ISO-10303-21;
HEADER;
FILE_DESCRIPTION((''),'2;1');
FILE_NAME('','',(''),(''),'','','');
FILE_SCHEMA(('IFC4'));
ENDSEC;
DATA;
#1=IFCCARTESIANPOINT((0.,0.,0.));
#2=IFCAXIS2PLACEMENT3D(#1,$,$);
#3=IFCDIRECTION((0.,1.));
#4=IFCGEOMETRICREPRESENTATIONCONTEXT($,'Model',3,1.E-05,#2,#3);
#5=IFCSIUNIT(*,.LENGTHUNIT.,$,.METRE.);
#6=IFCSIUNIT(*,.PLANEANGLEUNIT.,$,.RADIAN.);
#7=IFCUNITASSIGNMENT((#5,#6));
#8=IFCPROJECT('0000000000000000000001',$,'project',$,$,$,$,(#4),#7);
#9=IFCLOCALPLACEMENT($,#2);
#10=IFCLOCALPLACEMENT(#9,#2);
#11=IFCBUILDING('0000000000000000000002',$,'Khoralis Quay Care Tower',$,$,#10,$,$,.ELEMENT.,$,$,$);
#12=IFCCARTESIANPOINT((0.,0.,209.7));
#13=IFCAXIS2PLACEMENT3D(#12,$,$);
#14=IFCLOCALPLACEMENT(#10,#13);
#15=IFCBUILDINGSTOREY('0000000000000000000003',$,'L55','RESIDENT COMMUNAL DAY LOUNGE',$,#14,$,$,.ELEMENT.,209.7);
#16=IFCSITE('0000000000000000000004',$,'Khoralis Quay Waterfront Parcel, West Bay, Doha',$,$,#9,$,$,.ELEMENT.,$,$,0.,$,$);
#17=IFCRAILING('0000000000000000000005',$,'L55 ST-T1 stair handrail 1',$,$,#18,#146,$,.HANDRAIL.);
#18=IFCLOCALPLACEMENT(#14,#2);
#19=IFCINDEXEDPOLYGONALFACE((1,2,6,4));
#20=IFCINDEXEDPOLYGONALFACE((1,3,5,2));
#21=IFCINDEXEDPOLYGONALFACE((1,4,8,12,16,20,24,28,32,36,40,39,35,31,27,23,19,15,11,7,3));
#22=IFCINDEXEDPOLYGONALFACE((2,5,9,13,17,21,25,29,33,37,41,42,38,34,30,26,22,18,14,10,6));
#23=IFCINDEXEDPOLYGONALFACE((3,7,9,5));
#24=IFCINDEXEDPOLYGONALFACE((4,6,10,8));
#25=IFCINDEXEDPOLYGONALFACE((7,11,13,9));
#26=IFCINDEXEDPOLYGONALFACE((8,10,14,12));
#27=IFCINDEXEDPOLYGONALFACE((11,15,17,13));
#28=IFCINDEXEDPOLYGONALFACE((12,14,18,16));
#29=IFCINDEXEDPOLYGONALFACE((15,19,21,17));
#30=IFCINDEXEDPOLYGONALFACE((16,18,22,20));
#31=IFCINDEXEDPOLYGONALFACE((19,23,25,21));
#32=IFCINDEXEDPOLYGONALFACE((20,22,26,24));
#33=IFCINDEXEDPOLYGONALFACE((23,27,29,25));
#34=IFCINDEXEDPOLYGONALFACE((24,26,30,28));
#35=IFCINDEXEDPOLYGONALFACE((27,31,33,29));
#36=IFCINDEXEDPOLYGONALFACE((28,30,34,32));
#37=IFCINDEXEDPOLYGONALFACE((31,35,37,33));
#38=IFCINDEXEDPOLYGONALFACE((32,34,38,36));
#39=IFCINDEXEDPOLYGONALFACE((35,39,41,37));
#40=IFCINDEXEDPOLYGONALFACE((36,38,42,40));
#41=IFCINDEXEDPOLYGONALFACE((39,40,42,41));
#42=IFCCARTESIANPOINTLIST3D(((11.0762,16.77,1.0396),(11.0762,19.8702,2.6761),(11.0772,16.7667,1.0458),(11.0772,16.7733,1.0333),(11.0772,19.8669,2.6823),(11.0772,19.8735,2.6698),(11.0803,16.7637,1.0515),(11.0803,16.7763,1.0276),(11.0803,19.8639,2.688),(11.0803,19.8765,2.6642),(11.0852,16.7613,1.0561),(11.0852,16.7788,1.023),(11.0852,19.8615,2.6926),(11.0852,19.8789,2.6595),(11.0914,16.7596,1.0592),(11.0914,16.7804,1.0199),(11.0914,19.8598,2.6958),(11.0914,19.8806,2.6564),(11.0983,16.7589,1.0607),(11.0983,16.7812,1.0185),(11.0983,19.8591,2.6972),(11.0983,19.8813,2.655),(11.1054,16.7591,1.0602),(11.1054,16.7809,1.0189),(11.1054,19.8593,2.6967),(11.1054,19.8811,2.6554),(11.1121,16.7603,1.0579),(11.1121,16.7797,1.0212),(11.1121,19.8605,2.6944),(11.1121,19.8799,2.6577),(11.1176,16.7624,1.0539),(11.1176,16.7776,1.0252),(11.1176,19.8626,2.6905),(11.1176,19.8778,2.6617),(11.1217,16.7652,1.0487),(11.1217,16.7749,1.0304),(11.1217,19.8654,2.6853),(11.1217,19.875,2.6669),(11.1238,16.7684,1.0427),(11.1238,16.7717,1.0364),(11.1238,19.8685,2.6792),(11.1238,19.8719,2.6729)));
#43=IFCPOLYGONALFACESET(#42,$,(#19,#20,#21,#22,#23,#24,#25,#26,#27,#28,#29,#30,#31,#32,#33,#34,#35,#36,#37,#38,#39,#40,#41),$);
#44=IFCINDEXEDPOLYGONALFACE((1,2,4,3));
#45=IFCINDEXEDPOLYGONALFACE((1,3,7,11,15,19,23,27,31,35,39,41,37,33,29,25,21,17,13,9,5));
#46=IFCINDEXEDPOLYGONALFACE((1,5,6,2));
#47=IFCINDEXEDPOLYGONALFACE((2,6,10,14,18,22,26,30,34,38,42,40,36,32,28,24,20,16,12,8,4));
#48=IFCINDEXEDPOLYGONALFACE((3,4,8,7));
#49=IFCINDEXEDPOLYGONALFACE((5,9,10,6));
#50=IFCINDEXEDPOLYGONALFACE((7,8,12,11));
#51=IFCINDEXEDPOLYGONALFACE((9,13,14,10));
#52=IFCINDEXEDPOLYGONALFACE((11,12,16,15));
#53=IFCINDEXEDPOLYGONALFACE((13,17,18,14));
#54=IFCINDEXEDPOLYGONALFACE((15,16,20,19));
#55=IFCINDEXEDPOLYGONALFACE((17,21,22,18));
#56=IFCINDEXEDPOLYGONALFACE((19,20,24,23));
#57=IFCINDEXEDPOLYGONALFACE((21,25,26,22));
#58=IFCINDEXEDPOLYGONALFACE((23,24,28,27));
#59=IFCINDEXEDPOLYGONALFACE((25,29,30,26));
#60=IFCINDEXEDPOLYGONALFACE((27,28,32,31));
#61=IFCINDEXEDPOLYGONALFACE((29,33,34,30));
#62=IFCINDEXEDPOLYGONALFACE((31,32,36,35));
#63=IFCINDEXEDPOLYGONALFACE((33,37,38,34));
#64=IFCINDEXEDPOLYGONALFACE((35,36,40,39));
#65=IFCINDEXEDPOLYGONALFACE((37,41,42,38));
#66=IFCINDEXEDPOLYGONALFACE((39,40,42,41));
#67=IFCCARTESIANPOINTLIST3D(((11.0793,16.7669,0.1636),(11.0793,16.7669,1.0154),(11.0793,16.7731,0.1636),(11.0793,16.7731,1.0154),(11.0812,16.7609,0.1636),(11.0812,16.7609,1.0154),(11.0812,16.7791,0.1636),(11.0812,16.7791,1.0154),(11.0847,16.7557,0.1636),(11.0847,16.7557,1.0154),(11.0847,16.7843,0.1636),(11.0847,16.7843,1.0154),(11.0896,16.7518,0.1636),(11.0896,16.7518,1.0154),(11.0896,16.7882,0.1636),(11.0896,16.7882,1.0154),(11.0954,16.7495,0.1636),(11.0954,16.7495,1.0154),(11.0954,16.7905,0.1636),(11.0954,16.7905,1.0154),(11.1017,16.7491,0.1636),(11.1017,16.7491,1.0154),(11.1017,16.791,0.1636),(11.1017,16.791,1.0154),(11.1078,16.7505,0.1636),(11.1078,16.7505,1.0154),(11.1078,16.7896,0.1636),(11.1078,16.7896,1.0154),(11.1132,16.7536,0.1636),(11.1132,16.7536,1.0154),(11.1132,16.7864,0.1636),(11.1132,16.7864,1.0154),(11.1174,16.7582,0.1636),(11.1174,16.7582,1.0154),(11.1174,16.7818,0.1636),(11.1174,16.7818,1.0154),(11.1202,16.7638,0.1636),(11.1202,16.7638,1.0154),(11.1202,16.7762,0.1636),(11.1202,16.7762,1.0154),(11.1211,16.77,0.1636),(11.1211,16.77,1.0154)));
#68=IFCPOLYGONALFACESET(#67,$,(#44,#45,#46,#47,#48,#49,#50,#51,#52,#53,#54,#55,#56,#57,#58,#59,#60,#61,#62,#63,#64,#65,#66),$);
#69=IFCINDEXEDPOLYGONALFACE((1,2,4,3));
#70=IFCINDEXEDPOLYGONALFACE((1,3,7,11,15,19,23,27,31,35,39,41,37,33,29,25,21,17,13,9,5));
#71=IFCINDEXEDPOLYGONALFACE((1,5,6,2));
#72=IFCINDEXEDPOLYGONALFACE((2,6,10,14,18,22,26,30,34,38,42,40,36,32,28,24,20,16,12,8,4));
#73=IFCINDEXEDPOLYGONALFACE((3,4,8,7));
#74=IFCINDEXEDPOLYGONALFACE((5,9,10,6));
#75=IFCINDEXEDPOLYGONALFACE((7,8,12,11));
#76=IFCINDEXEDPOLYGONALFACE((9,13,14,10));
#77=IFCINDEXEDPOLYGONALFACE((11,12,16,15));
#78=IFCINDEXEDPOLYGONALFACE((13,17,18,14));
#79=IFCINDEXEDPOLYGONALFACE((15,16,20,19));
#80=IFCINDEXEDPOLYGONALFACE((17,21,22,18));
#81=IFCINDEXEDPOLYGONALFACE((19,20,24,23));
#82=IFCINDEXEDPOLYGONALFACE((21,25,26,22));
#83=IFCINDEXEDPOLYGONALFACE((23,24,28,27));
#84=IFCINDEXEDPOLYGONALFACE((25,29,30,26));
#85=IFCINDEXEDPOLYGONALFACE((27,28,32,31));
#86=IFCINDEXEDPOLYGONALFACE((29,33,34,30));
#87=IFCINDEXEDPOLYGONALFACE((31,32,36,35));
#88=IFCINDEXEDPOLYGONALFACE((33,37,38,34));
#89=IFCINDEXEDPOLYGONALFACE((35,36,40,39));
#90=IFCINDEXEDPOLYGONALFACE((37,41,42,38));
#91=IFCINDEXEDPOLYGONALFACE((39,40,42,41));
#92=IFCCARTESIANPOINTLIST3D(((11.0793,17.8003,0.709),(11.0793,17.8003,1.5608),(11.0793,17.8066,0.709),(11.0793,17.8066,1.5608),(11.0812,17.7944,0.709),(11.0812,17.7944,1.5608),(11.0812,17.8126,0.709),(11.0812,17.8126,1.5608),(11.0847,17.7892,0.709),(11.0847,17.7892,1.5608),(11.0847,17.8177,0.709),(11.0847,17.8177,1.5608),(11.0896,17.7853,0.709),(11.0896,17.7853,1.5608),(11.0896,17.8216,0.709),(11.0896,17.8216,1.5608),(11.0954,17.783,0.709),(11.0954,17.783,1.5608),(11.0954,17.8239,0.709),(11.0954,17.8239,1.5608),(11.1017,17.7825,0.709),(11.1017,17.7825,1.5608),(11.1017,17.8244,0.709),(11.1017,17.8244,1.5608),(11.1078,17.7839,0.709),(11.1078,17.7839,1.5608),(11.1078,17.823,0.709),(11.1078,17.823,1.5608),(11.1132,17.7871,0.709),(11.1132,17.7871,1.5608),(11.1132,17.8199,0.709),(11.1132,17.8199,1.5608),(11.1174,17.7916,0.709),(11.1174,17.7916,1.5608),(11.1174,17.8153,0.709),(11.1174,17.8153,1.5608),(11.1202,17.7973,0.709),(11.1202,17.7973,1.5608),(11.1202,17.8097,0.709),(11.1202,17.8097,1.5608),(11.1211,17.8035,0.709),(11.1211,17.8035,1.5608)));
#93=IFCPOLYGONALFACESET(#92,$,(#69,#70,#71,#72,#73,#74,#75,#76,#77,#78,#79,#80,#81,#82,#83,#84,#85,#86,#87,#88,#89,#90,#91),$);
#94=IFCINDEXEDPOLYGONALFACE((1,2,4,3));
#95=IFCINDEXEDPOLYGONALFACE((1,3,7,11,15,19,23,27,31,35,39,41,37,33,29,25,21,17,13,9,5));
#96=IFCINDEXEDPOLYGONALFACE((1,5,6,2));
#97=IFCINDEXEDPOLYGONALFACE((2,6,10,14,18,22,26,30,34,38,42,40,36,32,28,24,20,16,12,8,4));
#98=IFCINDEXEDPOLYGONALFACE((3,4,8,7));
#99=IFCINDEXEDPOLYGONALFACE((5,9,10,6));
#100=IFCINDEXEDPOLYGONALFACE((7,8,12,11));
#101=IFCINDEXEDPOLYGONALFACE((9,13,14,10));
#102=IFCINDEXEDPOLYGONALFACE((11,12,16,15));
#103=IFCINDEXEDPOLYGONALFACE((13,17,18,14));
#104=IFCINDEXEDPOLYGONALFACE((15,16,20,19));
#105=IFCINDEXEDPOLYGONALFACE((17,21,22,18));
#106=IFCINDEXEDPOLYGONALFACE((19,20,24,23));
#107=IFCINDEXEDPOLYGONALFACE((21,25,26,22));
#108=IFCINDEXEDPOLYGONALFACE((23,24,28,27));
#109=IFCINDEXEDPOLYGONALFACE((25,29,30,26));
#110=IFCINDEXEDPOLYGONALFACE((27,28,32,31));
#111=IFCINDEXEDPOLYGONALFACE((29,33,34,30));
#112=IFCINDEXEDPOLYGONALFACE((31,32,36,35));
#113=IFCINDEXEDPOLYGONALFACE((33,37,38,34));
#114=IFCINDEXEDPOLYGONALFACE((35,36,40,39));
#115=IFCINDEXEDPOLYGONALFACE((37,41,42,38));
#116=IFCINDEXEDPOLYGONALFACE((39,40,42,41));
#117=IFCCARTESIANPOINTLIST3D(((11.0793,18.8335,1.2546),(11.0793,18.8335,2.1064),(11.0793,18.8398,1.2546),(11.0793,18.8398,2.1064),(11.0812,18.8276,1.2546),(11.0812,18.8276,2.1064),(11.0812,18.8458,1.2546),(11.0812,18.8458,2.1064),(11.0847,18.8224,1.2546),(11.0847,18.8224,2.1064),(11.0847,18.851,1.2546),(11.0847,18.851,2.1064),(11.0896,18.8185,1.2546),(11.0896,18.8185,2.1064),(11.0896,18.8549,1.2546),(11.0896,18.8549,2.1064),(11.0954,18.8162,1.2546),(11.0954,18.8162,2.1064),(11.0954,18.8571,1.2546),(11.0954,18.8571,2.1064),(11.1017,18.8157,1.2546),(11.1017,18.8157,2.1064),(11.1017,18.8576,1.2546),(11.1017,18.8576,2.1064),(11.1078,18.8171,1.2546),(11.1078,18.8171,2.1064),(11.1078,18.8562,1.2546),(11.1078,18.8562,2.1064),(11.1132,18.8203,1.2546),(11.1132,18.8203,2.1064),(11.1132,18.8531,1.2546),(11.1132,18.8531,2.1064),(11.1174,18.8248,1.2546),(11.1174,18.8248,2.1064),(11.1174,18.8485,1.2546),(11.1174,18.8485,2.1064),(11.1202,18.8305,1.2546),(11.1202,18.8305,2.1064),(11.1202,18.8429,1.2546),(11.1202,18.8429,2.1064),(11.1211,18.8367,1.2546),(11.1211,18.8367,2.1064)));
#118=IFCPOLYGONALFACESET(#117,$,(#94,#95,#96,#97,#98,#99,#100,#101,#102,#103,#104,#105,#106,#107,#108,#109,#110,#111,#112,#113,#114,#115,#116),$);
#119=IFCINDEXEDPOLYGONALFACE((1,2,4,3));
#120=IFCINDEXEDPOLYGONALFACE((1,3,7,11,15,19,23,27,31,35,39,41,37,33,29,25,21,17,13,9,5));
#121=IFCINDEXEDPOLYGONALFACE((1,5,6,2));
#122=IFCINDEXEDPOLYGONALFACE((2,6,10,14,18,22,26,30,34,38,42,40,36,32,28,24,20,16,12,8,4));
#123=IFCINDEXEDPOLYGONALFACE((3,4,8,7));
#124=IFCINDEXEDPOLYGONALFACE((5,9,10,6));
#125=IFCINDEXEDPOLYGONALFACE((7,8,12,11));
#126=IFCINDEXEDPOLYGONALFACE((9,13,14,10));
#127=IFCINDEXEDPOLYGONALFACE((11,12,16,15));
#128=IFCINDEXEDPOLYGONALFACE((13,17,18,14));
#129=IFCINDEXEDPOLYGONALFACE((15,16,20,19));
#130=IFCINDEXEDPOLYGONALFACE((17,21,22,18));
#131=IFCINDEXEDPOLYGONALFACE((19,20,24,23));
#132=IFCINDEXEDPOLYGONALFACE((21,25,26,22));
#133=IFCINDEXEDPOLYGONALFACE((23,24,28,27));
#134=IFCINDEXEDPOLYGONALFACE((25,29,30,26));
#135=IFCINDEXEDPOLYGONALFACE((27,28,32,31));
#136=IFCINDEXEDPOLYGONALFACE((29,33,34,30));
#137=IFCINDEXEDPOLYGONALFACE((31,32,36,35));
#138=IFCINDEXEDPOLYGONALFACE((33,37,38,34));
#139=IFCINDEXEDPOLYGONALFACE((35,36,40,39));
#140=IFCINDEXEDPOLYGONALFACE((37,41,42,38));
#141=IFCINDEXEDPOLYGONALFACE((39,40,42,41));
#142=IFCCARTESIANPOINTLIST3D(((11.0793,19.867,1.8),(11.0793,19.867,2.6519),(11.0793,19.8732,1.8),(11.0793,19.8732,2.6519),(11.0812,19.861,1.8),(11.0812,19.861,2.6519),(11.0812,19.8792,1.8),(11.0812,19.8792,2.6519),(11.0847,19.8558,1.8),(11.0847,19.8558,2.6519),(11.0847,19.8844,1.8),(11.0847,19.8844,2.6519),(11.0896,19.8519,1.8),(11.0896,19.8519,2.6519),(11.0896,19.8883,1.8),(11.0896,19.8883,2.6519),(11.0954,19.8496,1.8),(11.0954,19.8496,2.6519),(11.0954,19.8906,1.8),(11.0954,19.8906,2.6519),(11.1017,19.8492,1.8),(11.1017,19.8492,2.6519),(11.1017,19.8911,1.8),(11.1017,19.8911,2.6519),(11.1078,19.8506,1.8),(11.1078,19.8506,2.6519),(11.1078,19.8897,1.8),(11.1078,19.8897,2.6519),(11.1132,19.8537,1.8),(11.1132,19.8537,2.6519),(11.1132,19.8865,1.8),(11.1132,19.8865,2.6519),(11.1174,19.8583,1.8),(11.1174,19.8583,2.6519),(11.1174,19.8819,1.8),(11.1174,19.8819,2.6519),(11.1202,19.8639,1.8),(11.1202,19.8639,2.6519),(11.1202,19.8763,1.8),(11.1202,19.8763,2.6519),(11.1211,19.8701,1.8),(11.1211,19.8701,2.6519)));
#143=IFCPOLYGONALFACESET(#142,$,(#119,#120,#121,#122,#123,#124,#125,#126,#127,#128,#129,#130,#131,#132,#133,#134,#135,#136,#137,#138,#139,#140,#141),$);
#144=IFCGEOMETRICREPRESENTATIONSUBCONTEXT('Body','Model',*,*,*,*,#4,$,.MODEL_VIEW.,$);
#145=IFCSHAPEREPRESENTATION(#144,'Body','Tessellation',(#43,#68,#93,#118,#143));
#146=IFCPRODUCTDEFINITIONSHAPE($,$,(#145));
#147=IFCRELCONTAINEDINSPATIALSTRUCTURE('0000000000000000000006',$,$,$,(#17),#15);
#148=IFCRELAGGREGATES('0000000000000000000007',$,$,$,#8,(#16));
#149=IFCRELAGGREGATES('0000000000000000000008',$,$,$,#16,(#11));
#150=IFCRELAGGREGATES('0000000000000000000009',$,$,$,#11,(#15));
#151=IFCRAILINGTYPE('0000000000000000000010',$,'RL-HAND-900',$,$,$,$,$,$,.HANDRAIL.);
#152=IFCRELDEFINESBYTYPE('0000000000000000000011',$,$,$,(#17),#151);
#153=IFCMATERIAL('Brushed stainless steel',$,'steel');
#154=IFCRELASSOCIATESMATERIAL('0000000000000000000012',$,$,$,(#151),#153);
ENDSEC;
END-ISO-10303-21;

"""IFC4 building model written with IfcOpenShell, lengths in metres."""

from ifc_helpers import new_model, si_unit, direction, frame, origin, origin_2d, place, context, subcontext, project, spatial, circle, extrude, material, type_object, element, save


model = new_model("IFC4")

# Units and contexts
model_context = context("Model", 3, precision=1e-05, world=origin(), true_north=direction((0.0, 1.0)))
body_context = subcontext(model_context, "Body", "Model", "MODEL_VIEW")
ifc_project = project(units=[si_unit("LENGTHUNIT", "METRE"), si_unit("PLANEANGLEUNIT", "RADIAN")], contexts=[model_context])

# Site, building, storey
site_placement = place(None, origin())
site = spatial("IfcSite", under=ifc_project, at=site_placement, Name="Khoralis Quay Waterfront Parcel, West Bay, Doha", CompositionType="ELEMENT", RefElevation=0.0)
building_placement = place(site_placement, origin())
building = spatial("IfcBuilding", under=site, at=building_placement, Name="Khoralis Quay Care Tower", CompositionType="ELEMENT")
storey_placement = place(building_placement, frame((0.0, 0.0, 209.7)))
storey = spatial("IfcBuildingStorey", under=building, at=storey_placement, Name="L55", Description="RESIDENT COMMUNAL DAY LOUNGE", CompositionType="ELEMENT", Elevation=209.7)

# Shared definitions
ifc_material_1 = material(Name="Brushed stainless steel", Category="steel")

# Railing
railing_type_1 = type_object("IfcRailingType", Name="RL-HAND-900", PredefinedType="HANDRAIL", material=ifc_material_1)
railing_1_placement = place(storey_placement, frame((11.1001, 16.77, 0.1636)))
element("IfcRailing", 1, at=railing_1_placement, inside=storey, type_object=railing_type_1, Name="L55 ST-T1 stair handrail 1", PredefinedType="HANDRAIL", context=body_context, shape_type="SweptSolid", body=[
    extrude(circle(Radius=0.0239, at=origin_2d()), frame((0.0, 0.0, 0.876), z_axis=(0.0, 0.884348, 0.466828), x_axis=(-1.0, 0.0, 0.0)), (0.0, 0.0, 1.0), 3.5056),
    extrude(circle(Radius=0.021, at=origin_2d()), origin(), (0.0, 0.0, 1.0), 0.8518),
    extrude(circle(Radius=0.021, at=origin_2d()), frame((0.0, 1.0334, 0.5454)), (0.0, 0.0, 1.0), 0.8518),
    extrude(circle(Radius=0.021, at=origin_2d()), frame((0.0, 2.0667, 1.0911)), (0.0, 0.0, 1.0), 0.8518),
    extrude(circle(Radius=0.021, at=origin_2d()), frame((0.0, 3.1001, 1.6365)), (0.0, 0.0, 1.0), 0.8518),
])

save(model, "model.ifc")
